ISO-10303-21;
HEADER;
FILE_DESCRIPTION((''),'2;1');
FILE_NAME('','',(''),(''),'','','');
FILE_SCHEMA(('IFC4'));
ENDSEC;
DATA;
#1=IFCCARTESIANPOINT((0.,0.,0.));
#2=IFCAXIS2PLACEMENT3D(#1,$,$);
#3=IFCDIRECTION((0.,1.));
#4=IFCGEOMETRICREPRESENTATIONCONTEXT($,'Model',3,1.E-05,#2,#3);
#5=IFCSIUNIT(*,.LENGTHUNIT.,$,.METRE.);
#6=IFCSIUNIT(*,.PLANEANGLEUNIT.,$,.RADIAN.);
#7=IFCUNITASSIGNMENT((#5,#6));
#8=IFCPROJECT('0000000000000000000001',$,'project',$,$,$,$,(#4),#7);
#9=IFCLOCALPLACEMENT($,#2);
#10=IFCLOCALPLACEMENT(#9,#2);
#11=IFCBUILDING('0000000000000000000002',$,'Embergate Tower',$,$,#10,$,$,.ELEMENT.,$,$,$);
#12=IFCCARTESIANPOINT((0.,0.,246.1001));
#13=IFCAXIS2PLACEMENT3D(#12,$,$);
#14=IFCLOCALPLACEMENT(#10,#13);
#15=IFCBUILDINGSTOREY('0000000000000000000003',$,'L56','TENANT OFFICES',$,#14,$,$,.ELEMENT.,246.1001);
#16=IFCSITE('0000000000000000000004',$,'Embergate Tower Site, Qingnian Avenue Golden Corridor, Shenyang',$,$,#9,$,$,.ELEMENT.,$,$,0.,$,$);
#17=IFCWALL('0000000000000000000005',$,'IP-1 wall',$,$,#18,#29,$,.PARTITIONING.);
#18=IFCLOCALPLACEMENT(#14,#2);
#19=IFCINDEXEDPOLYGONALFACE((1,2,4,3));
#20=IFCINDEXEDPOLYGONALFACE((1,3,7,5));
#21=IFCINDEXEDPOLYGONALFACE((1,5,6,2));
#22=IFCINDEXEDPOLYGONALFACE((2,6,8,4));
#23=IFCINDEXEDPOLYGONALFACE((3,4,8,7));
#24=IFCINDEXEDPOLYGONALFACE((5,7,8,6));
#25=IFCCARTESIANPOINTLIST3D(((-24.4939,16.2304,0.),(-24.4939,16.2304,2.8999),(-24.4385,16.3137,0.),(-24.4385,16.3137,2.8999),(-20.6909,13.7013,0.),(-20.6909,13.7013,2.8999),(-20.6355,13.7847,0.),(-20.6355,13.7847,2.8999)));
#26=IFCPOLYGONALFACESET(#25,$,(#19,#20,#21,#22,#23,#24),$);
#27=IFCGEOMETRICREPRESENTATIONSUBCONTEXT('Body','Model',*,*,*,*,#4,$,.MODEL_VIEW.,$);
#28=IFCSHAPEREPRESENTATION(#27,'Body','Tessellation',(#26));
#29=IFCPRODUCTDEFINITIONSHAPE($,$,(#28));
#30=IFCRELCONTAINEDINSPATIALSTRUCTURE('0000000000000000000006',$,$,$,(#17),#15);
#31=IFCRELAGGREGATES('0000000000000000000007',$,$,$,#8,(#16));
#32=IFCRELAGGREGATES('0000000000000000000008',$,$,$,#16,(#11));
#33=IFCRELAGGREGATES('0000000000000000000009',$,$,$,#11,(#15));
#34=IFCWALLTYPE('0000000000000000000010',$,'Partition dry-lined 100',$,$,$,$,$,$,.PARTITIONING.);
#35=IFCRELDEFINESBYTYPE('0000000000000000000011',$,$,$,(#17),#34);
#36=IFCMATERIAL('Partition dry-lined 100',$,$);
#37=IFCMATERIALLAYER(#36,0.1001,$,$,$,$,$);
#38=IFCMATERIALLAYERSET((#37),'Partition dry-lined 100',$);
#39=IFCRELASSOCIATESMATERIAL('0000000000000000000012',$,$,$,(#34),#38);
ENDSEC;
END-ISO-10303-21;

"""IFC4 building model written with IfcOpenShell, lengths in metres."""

from ifc_helpers import new_model, si_unit, direction, frame, frame_2d, origin, place, context, subcontext, project, spatial, rectangle, extrude, source, transform, mapped, material, layer, layer_set, type_object, element, save


model = new_model("IFC4")

# Units and contexts
model_context = context("Model", 3, precision=1e-05, world=origin(), true_north=direction((0.0, 1.0)))
body_context = subcontext(model_context, "Body", "Model", "MODEL_VIEW")
ifc_project = project(units=[si_unit("LENGTHUNIT", "METRE"), si_unit("PLANEANGLEUNIT", "RADIAN")], contexts=[model_context])

# Site, building, storey
site_placement = place(None, origin())
site = spatial("IfcSite", under=ifc_project, at=site_placement, Name="Embergate Tower Site, Qingnian Avenue Golden Corridor, Shenyang", CompositionType="ELEMENT", RefElevation=0.0)
building_placement = place(site_placement, origin())
building = spatial("IfcBuilding", under=site, at=building_placement, Name="Embergate Tower", CompositionType="ELEMENT")
storey_placement = place(building_placement, frame((0.0, 0.0, 246.1001)))
storey = spatial("IfcBuildingStorey", under=building, at=storey_placement, Name="L56", Description="TENANT OFFICES", CompositionType="ELEMENT", Elevation=246.1001)

# Wall
ifc_material_1 = material(Name="Partition dry-lined 100")
ifc_layer_1 = layer(ifc_material_1, 0.1001)
ifc_layer_set_1 = layer_set([ifc_layer_1], Name="Partition dry-lined 100")
wall_type = type_object("IfcWallType", Name="Partition dry-lined 100", PredefinedType="PARTITIONING", material=ifc_layer_set_1)
shared_shape_1 = source(origin(), body_context, "Body", "SweptSolid", [
    extrude(rectangle(XDim=4.5671, YDim=0.1001, at=frame_2d((2.2837, 0.0))), origin(), (0.0, 0.0, 1.0), 2.8999),
])
wall_1_placement = place(storey_placement, frame((-20.6631, 13.7429, 0.0), z_axis=(0.0, 0.0, 1.0), x_axis=(-0.832683, 0.55375, 0.0)))
element("IfcWall", 1, at=wall_1_placement, inside=storey, type_object=wall_type, Name="IP-1 wall", PredefinedType="PARTITIONING", context=body_context, shape_type="MappedRepresentation", body=[
    mapped(shared_shape_1, transform((0.0, 0.0, 0.0))),
])

save(model, "model.ifc")
